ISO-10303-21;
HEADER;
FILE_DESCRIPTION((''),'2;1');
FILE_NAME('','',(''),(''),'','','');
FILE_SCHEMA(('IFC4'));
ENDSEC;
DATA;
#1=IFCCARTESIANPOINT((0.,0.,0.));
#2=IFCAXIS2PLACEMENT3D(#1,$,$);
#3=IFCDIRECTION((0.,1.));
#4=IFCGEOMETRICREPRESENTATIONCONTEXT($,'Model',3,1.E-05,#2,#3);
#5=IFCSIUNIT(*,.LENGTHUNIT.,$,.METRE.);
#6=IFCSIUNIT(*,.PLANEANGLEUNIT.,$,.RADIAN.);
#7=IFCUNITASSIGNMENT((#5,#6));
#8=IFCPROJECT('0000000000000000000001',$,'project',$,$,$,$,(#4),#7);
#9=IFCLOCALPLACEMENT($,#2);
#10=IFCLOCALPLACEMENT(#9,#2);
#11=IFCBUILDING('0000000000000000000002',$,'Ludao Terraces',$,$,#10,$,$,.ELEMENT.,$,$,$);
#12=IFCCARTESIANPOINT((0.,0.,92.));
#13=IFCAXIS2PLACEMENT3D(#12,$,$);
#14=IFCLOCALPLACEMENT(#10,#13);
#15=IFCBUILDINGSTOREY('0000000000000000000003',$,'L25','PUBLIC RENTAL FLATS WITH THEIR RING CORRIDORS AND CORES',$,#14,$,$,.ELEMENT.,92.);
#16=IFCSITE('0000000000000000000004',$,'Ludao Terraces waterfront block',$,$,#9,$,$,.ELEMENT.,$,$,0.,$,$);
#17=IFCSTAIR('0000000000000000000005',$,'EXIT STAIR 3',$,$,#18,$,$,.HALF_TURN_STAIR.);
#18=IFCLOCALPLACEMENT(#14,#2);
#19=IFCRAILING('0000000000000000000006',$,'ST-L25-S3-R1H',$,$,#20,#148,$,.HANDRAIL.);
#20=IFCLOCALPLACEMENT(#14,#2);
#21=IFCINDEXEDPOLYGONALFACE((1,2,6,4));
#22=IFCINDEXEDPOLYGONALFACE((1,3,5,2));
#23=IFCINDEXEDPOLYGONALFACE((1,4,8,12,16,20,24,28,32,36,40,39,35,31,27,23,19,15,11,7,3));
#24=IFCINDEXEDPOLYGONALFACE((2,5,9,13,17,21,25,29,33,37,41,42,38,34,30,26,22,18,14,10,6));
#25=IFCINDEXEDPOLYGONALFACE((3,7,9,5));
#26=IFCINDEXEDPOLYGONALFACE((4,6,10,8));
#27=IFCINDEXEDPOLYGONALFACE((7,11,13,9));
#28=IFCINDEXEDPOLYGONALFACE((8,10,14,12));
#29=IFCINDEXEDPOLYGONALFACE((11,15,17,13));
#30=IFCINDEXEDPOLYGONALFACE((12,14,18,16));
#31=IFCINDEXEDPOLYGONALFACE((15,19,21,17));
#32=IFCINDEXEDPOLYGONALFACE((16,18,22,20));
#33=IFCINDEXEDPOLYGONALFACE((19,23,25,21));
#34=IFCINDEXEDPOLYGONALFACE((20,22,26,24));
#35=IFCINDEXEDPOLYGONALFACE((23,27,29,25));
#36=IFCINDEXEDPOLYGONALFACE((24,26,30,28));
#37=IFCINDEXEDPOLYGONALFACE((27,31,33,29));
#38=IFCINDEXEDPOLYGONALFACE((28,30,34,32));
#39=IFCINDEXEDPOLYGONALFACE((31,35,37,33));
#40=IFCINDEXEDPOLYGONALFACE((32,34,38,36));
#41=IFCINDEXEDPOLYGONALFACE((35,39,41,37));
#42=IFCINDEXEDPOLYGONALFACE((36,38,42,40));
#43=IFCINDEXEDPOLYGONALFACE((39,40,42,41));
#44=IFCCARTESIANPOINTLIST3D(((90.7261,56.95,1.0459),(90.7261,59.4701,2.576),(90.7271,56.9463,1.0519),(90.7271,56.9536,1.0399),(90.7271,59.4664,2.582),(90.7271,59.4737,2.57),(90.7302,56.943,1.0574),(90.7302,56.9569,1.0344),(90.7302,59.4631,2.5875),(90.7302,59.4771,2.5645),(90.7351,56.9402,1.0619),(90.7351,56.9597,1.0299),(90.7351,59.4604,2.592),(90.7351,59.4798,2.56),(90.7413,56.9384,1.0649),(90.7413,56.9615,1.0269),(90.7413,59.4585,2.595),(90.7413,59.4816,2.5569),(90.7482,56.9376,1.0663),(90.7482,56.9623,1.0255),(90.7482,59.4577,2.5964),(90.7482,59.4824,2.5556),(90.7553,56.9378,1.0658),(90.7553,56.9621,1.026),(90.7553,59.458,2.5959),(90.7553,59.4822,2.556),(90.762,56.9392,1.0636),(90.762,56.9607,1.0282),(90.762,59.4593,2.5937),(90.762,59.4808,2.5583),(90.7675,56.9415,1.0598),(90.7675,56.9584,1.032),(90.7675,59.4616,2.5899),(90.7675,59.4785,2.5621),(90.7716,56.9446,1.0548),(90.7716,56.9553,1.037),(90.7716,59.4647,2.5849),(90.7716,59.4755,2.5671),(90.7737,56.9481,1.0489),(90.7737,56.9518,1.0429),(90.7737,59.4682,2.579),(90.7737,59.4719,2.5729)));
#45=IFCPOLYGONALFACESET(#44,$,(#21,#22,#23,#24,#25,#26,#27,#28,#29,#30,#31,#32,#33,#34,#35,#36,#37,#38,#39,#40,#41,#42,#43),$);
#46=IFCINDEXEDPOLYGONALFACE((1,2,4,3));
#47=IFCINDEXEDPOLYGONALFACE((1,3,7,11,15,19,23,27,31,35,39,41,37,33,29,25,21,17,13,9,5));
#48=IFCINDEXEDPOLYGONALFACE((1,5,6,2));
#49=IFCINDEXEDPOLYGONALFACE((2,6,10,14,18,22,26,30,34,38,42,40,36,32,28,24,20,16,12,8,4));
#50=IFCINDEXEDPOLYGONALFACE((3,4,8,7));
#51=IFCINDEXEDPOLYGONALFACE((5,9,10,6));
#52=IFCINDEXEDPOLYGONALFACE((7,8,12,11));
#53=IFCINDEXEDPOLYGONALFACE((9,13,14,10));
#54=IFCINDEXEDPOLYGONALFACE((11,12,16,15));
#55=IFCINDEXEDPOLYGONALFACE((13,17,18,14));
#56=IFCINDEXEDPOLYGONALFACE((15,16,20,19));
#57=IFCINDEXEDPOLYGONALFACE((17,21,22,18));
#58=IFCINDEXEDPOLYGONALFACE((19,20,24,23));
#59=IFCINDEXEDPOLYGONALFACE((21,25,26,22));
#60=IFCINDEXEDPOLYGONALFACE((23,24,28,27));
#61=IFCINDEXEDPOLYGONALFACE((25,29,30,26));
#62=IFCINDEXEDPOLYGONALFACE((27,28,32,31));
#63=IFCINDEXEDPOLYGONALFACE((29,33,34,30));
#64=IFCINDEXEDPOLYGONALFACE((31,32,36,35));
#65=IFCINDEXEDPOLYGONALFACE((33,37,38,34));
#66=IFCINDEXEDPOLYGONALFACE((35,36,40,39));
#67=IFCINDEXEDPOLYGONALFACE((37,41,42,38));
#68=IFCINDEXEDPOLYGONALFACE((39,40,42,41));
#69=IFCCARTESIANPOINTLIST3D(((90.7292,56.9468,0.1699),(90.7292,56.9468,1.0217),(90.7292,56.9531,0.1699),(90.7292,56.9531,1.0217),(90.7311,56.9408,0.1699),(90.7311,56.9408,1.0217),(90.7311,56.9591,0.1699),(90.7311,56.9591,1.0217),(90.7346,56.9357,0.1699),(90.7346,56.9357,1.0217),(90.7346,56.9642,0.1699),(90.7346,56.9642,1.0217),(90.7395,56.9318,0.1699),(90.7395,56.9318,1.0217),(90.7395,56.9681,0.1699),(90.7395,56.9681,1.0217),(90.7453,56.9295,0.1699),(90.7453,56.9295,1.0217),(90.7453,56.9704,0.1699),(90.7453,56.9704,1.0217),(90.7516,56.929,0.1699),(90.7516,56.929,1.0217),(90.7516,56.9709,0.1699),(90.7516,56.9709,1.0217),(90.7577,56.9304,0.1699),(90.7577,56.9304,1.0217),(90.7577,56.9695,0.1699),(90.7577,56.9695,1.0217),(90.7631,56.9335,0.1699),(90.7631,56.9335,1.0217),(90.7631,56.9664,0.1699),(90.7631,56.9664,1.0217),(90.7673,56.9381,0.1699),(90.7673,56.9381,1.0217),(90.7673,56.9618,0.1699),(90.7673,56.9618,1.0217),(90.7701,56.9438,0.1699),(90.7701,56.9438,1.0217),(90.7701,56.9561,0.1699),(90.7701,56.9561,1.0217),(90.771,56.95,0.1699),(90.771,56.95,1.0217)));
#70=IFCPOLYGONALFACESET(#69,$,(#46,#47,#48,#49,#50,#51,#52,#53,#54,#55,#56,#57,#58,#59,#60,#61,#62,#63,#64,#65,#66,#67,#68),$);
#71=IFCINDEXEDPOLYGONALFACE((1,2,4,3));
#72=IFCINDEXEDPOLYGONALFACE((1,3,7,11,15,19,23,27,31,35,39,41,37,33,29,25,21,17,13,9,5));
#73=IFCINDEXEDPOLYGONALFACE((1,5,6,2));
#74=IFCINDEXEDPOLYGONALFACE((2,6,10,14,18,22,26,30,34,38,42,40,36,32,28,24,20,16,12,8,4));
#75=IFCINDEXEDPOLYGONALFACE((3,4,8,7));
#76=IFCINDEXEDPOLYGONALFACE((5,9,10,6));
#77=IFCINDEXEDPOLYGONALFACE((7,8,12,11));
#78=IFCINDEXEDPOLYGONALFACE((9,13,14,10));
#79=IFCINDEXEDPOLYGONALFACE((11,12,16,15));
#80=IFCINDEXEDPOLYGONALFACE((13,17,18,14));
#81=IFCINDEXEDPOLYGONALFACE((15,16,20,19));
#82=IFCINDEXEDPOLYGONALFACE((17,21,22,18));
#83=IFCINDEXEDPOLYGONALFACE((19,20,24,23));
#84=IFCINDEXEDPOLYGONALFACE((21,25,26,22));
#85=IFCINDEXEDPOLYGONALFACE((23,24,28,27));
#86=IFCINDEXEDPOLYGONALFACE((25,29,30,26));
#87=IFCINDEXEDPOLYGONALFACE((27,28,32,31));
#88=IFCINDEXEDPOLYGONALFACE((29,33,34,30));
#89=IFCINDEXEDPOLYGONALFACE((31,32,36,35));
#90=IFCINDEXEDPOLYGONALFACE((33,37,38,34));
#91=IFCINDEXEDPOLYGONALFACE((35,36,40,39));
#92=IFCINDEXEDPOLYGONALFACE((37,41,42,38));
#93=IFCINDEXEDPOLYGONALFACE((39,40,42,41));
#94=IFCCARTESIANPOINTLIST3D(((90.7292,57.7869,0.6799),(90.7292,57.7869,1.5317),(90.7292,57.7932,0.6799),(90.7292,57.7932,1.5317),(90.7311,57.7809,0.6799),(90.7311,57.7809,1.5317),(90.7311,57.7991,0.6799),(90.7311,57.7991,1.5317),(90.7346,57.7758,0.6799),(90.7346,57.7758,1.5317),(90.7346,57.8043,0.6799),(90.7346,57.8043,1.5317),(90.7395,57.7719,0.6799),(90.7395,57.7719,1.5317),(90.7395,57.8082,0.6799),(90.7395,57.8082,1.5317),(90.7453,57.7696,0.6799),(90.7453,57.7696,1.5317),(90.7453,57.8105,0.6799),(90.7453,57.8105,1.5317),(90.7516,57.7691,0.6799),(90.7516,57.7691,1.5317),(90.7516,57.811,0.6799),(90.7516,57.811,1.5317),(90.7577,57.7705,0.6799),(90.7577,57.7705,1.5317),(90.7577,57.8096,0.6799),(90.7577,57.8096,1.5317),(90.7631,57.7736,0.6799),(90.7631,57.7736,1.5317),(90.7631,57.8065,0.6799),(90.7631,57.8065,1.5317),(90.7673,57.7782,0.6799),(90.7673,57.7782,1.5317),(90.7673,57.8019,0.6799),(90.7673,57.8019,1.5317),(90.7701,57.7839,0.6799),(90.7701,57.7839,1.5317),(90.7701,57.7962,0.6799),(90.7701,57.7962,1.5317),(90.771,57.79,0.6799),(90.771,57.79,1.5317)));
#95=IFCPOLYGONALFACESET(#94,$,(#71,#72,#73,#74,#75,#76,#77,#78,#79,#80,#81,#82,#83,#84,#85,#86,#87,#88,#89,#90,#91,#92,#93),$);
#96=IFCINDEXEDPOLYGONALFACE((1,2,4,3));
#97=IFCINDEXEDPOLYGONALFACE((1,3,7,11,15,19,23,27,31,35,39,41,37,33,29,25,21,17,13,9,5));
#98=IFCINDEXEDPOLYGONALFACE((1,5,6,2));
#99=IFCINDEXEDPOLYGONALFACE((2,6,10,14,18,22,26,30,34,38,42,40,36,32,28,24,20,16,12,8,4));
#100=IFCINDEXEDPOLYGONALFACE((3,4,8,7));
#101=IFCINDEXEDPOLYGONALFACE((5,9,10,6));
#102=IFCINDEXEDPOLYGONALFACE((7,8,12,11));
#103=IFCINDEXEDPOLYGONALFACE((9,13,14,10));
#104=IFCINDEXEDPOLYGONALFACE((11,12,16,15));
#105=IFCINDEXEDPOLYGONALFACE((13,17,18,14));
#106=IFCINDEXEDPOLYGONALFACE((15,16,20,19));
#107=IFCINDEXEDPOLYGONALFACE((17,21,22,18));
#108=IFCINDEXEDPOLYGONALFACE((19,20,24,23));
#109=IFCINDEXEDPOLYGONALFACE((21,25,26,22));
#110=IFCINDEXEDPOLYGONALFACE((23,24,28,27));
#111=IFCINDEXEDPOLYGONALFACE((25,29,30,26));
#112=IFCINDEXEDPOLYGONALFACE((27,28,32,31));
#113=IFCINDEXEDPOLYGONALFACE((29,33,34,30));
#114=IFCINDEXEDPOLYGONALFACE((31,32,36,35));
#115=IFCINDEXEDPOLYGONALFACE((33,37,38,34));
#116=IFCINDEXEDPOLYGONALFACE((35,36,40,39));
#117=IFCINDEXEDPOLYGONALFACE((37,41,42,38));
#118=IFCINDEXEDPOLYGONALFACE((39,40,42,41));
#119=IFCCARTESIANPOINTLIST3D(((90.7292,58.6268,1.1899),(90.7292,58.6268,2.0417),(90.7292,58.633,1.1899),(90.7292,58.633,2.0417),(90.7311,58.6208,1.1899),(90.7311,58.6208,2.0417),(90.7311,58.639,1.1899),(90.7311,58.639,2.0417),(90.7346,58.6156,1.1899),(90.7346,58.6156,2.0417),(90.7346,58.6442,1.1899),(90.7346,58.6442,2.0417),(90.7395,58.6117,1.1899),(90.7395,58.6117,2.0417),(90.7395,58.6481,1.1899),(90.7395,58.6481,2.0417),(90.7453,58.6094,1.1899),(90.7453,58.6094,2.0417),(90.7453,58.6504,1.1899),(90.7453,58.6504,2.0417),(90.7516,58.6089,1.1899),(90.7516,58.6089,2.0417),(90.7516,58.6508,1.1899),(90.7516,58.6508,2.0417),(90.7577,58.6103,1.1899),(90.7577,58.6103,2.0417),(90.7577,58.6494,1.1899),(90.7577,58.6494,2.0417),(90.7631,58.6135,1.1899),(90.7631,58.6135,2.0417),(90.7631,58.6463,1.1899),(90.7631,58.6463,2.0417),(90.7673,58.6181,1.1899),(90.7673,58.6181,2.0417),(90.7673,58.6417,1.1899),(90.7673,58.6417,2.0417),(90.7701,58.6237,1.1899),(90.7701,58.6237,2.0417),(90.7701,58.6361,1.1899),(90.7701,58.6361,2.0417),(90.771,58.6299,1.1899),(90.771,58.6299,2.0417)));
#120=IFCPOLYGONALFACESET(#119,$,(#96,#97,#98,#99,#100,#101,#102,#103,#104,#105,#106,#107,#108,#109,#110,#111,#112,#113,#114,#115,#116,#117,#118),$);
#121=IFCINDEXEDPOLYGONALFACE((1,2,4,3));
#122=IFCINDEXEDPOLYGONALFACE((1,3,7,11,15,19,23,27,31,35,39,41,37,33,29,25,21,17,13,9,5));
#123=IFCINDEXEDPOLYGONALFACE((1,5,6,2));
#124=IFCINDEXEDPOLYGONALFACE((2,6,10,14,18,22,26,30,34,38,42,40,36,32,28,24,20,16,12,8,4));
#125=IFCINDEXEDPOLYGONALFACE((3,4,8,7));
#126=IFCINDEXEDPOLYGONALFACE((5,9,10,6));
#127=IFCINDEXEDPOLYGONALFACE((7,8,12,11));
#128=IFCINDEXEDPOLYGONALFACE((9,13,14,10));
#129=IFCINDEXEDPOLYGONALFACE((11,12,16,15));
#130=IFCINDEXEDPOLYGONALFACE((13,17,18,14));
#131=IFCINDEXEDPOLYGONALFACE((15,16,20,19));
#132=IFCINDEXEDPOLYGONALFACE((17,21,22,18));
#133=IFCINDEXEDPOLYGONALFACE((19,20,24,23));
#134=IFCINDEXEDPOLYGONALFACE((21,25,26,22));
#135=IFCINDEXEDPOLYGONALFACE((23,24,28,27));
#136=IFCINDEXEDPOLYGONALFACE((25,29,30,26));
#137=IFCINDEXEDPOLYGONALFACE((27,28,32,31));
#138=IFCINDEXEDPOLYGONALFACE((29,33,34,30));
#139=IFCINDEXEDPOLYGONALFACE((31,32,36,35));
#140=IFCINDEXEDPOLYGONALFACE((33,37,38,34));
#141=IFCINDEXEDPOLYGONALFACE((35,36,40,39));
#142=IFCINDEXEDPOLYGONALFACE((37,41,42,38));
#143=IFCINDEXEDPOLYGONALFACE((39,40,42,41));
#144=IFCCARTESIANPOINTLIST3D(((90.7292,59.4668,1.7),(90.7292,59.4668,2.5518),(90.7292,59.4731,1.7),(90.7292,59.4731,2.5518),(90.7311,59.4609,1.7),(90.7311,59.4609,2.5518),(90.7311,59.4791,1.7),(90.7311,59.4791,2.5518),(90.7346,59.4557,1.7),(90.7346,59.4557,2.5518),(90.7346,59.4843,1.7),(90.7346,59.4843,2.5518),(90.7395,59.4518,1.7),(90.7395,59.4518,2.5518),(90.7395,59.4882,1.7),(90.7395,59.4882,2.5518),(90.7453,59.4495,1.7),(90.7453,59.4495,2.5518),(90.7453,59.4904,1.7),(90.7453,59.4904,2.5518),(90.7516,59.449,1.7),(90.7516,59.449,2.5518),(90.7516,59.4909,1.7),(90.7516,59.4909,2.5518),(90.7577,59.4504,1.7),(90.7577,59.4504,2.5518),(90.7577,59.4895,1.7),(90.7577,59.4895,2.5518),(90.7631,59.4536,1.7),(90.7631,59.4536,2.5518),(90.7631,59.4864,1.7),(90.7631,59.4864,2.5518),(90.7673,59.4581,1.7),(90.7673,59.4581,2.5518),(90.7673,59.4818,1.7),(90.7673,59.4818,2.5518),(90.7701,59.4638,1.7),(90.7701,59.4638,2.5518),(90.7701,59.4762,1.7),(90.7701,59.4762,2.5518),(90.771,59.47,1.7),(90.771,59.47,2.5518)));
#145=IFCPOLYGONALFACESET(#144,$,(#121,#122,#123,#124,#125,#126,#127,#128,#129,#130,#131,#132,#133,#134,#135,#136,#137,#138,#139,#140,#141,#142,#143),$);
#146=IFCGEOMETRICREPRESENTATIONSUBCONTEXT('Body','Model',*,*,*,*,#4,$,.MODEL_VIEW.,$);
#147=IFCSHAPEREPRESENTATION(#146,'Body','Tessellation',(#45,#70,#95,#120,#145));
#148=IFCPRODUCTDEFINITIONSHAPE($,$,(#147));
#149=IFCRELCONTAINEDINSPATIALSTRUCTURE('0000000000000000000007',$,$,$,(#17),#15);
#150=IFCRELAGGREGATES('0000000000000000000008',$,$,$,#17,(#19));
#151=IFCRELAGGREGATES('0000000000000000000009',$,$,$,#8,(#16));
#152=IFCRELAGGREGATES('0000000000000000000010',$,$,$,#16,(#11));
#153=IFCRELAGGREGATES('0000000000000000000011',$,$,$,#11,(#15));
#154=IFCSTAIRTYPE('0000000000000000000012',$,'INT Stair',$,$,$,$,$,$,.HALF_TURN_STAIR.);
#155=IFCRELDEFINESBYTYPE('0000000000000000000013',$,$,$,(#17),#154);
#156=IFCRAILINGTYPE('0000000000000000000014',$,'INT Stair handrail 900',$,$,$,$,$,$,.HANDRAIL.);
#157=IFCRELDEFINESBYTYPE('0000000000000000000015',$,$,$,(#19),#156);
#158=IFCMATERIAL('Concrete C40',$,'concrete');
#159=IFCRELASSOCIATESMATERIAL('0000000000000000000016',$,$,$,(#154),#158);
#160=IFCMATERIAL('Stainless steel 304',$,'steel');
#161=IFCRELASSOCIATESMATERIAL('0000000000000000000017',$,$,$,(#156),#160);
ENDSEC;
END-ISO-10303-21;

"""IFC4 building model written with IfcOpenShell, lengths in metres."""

from ifc_helpers import new_model, si_unit, direction, frame, origin, origin_2d, place, context, subcontext, project, spatial, circle, extrude, material, type_object, element, aggregate, save


model = new_model("IFC4")

# Units and contexts
model_context = context("Model", 3, precision=1e-05, world=origin(), true_north=direction((0.0, 1.0)))
body_context = subcontext(model_context, "Body", "Model", "MODEL_VIEW")
ifc_project = project(units=[si_unit("LENGTHUNIT", "METRE"), si_unit("PLANEANGLEUNIT", "RADIAN")], contexts=[model_context])

# Site, building, storey
site_placement = place(None, origin())
site = spatial("IfcSite", under=ifc_project, at=site_placement, Name="Ludao Terraces waterfront block", CompositionType="ELEMENT", RefElevation=0.0)
building_placement = place(site_placement, origin())
building = spatial("IfcBuilding", under=site, at=building_placement, Name="Ludao Terraces", CompositionType="ELEMENT")
storey_placement = place(building_placement, frame((0.0, 0.0, 92.0)))
storey = spatial("IfcBuildingStorey", under=building, at=storey_placement, Name="L25", Description="PUBLIC RENTAL FLATS WITH THEIR RING CORRIDORS AND CORES", CompositionType="ELEMENT", Elevation=92.0)

# Shared definitions
ifc_material_1 = material(Name="Concrete C40", Category="concrete")

# Stair, railing
stair_type = type_object("IfcStairType", Name="INT Stair", PredefinedType="HALF_TURN_STAIR", material=ifc_material_1)
stair_placement = place(storey_placement, origin())
stair = element("IfcStair", 1, at=stair_placement, inside=storey, type_object=stair_type, Name="EXIT STAIR 3", PredefinedType="HALF_TURN_STAIR")
ifc_material_2 = material(Name="Stainless steel 304", Category="steel")
railing_type_1 = type_object("IfcRailingType", Name="INT Stair handrail 900", PredefinedType="HANDRAIL", material=ifc_material_2)
railing_1_placement = place(storey_placement, frame((90.75, 56.95, 0.1699)))
railing_1 = element("IfcRailing", 2, at=railing_1_placement, type_object=railing_type_1, Name="ST-L25-S3-R1H", PredefinedType="HANDRAIL", context=body_context, shape_type="SweptSolid", body=[
    extrude(circle(Radius=0.0239, at=origin_2d()), frame((0.0, 0.0, 0.876), z_axis=(0.0, 0.854785, 0.518982), x_axis=(-1.0, 0.0, 0.0)), (0.0, 0.0, 1.0), 2.9482),
    extrude(circle(Radius=0.021, at=origin_2d()), origin(), (0.0, 0.0, 1.0), 0.8518),
    extrude(circle(Radius=0.021, at=origin_2d()), frame((0.0, 0.8401, 0.51)), (0.0, 0.0, 1.0), 0.8518),
    extrude(circle(Radius=0.021, at=origin_2d()), frame((0.0, 1.6799, 1.02)), (0.0, 0.0, 1.0), 0.8518),
    extrude(circle(Radius=0.021, at=origin_2d()), frame((0.0, 2.52, 1.53)), (0.0, 0.0, 1.0), 0.8518),
])
aggregate(stair, [railing_1])

save(model, "model.ifc")
